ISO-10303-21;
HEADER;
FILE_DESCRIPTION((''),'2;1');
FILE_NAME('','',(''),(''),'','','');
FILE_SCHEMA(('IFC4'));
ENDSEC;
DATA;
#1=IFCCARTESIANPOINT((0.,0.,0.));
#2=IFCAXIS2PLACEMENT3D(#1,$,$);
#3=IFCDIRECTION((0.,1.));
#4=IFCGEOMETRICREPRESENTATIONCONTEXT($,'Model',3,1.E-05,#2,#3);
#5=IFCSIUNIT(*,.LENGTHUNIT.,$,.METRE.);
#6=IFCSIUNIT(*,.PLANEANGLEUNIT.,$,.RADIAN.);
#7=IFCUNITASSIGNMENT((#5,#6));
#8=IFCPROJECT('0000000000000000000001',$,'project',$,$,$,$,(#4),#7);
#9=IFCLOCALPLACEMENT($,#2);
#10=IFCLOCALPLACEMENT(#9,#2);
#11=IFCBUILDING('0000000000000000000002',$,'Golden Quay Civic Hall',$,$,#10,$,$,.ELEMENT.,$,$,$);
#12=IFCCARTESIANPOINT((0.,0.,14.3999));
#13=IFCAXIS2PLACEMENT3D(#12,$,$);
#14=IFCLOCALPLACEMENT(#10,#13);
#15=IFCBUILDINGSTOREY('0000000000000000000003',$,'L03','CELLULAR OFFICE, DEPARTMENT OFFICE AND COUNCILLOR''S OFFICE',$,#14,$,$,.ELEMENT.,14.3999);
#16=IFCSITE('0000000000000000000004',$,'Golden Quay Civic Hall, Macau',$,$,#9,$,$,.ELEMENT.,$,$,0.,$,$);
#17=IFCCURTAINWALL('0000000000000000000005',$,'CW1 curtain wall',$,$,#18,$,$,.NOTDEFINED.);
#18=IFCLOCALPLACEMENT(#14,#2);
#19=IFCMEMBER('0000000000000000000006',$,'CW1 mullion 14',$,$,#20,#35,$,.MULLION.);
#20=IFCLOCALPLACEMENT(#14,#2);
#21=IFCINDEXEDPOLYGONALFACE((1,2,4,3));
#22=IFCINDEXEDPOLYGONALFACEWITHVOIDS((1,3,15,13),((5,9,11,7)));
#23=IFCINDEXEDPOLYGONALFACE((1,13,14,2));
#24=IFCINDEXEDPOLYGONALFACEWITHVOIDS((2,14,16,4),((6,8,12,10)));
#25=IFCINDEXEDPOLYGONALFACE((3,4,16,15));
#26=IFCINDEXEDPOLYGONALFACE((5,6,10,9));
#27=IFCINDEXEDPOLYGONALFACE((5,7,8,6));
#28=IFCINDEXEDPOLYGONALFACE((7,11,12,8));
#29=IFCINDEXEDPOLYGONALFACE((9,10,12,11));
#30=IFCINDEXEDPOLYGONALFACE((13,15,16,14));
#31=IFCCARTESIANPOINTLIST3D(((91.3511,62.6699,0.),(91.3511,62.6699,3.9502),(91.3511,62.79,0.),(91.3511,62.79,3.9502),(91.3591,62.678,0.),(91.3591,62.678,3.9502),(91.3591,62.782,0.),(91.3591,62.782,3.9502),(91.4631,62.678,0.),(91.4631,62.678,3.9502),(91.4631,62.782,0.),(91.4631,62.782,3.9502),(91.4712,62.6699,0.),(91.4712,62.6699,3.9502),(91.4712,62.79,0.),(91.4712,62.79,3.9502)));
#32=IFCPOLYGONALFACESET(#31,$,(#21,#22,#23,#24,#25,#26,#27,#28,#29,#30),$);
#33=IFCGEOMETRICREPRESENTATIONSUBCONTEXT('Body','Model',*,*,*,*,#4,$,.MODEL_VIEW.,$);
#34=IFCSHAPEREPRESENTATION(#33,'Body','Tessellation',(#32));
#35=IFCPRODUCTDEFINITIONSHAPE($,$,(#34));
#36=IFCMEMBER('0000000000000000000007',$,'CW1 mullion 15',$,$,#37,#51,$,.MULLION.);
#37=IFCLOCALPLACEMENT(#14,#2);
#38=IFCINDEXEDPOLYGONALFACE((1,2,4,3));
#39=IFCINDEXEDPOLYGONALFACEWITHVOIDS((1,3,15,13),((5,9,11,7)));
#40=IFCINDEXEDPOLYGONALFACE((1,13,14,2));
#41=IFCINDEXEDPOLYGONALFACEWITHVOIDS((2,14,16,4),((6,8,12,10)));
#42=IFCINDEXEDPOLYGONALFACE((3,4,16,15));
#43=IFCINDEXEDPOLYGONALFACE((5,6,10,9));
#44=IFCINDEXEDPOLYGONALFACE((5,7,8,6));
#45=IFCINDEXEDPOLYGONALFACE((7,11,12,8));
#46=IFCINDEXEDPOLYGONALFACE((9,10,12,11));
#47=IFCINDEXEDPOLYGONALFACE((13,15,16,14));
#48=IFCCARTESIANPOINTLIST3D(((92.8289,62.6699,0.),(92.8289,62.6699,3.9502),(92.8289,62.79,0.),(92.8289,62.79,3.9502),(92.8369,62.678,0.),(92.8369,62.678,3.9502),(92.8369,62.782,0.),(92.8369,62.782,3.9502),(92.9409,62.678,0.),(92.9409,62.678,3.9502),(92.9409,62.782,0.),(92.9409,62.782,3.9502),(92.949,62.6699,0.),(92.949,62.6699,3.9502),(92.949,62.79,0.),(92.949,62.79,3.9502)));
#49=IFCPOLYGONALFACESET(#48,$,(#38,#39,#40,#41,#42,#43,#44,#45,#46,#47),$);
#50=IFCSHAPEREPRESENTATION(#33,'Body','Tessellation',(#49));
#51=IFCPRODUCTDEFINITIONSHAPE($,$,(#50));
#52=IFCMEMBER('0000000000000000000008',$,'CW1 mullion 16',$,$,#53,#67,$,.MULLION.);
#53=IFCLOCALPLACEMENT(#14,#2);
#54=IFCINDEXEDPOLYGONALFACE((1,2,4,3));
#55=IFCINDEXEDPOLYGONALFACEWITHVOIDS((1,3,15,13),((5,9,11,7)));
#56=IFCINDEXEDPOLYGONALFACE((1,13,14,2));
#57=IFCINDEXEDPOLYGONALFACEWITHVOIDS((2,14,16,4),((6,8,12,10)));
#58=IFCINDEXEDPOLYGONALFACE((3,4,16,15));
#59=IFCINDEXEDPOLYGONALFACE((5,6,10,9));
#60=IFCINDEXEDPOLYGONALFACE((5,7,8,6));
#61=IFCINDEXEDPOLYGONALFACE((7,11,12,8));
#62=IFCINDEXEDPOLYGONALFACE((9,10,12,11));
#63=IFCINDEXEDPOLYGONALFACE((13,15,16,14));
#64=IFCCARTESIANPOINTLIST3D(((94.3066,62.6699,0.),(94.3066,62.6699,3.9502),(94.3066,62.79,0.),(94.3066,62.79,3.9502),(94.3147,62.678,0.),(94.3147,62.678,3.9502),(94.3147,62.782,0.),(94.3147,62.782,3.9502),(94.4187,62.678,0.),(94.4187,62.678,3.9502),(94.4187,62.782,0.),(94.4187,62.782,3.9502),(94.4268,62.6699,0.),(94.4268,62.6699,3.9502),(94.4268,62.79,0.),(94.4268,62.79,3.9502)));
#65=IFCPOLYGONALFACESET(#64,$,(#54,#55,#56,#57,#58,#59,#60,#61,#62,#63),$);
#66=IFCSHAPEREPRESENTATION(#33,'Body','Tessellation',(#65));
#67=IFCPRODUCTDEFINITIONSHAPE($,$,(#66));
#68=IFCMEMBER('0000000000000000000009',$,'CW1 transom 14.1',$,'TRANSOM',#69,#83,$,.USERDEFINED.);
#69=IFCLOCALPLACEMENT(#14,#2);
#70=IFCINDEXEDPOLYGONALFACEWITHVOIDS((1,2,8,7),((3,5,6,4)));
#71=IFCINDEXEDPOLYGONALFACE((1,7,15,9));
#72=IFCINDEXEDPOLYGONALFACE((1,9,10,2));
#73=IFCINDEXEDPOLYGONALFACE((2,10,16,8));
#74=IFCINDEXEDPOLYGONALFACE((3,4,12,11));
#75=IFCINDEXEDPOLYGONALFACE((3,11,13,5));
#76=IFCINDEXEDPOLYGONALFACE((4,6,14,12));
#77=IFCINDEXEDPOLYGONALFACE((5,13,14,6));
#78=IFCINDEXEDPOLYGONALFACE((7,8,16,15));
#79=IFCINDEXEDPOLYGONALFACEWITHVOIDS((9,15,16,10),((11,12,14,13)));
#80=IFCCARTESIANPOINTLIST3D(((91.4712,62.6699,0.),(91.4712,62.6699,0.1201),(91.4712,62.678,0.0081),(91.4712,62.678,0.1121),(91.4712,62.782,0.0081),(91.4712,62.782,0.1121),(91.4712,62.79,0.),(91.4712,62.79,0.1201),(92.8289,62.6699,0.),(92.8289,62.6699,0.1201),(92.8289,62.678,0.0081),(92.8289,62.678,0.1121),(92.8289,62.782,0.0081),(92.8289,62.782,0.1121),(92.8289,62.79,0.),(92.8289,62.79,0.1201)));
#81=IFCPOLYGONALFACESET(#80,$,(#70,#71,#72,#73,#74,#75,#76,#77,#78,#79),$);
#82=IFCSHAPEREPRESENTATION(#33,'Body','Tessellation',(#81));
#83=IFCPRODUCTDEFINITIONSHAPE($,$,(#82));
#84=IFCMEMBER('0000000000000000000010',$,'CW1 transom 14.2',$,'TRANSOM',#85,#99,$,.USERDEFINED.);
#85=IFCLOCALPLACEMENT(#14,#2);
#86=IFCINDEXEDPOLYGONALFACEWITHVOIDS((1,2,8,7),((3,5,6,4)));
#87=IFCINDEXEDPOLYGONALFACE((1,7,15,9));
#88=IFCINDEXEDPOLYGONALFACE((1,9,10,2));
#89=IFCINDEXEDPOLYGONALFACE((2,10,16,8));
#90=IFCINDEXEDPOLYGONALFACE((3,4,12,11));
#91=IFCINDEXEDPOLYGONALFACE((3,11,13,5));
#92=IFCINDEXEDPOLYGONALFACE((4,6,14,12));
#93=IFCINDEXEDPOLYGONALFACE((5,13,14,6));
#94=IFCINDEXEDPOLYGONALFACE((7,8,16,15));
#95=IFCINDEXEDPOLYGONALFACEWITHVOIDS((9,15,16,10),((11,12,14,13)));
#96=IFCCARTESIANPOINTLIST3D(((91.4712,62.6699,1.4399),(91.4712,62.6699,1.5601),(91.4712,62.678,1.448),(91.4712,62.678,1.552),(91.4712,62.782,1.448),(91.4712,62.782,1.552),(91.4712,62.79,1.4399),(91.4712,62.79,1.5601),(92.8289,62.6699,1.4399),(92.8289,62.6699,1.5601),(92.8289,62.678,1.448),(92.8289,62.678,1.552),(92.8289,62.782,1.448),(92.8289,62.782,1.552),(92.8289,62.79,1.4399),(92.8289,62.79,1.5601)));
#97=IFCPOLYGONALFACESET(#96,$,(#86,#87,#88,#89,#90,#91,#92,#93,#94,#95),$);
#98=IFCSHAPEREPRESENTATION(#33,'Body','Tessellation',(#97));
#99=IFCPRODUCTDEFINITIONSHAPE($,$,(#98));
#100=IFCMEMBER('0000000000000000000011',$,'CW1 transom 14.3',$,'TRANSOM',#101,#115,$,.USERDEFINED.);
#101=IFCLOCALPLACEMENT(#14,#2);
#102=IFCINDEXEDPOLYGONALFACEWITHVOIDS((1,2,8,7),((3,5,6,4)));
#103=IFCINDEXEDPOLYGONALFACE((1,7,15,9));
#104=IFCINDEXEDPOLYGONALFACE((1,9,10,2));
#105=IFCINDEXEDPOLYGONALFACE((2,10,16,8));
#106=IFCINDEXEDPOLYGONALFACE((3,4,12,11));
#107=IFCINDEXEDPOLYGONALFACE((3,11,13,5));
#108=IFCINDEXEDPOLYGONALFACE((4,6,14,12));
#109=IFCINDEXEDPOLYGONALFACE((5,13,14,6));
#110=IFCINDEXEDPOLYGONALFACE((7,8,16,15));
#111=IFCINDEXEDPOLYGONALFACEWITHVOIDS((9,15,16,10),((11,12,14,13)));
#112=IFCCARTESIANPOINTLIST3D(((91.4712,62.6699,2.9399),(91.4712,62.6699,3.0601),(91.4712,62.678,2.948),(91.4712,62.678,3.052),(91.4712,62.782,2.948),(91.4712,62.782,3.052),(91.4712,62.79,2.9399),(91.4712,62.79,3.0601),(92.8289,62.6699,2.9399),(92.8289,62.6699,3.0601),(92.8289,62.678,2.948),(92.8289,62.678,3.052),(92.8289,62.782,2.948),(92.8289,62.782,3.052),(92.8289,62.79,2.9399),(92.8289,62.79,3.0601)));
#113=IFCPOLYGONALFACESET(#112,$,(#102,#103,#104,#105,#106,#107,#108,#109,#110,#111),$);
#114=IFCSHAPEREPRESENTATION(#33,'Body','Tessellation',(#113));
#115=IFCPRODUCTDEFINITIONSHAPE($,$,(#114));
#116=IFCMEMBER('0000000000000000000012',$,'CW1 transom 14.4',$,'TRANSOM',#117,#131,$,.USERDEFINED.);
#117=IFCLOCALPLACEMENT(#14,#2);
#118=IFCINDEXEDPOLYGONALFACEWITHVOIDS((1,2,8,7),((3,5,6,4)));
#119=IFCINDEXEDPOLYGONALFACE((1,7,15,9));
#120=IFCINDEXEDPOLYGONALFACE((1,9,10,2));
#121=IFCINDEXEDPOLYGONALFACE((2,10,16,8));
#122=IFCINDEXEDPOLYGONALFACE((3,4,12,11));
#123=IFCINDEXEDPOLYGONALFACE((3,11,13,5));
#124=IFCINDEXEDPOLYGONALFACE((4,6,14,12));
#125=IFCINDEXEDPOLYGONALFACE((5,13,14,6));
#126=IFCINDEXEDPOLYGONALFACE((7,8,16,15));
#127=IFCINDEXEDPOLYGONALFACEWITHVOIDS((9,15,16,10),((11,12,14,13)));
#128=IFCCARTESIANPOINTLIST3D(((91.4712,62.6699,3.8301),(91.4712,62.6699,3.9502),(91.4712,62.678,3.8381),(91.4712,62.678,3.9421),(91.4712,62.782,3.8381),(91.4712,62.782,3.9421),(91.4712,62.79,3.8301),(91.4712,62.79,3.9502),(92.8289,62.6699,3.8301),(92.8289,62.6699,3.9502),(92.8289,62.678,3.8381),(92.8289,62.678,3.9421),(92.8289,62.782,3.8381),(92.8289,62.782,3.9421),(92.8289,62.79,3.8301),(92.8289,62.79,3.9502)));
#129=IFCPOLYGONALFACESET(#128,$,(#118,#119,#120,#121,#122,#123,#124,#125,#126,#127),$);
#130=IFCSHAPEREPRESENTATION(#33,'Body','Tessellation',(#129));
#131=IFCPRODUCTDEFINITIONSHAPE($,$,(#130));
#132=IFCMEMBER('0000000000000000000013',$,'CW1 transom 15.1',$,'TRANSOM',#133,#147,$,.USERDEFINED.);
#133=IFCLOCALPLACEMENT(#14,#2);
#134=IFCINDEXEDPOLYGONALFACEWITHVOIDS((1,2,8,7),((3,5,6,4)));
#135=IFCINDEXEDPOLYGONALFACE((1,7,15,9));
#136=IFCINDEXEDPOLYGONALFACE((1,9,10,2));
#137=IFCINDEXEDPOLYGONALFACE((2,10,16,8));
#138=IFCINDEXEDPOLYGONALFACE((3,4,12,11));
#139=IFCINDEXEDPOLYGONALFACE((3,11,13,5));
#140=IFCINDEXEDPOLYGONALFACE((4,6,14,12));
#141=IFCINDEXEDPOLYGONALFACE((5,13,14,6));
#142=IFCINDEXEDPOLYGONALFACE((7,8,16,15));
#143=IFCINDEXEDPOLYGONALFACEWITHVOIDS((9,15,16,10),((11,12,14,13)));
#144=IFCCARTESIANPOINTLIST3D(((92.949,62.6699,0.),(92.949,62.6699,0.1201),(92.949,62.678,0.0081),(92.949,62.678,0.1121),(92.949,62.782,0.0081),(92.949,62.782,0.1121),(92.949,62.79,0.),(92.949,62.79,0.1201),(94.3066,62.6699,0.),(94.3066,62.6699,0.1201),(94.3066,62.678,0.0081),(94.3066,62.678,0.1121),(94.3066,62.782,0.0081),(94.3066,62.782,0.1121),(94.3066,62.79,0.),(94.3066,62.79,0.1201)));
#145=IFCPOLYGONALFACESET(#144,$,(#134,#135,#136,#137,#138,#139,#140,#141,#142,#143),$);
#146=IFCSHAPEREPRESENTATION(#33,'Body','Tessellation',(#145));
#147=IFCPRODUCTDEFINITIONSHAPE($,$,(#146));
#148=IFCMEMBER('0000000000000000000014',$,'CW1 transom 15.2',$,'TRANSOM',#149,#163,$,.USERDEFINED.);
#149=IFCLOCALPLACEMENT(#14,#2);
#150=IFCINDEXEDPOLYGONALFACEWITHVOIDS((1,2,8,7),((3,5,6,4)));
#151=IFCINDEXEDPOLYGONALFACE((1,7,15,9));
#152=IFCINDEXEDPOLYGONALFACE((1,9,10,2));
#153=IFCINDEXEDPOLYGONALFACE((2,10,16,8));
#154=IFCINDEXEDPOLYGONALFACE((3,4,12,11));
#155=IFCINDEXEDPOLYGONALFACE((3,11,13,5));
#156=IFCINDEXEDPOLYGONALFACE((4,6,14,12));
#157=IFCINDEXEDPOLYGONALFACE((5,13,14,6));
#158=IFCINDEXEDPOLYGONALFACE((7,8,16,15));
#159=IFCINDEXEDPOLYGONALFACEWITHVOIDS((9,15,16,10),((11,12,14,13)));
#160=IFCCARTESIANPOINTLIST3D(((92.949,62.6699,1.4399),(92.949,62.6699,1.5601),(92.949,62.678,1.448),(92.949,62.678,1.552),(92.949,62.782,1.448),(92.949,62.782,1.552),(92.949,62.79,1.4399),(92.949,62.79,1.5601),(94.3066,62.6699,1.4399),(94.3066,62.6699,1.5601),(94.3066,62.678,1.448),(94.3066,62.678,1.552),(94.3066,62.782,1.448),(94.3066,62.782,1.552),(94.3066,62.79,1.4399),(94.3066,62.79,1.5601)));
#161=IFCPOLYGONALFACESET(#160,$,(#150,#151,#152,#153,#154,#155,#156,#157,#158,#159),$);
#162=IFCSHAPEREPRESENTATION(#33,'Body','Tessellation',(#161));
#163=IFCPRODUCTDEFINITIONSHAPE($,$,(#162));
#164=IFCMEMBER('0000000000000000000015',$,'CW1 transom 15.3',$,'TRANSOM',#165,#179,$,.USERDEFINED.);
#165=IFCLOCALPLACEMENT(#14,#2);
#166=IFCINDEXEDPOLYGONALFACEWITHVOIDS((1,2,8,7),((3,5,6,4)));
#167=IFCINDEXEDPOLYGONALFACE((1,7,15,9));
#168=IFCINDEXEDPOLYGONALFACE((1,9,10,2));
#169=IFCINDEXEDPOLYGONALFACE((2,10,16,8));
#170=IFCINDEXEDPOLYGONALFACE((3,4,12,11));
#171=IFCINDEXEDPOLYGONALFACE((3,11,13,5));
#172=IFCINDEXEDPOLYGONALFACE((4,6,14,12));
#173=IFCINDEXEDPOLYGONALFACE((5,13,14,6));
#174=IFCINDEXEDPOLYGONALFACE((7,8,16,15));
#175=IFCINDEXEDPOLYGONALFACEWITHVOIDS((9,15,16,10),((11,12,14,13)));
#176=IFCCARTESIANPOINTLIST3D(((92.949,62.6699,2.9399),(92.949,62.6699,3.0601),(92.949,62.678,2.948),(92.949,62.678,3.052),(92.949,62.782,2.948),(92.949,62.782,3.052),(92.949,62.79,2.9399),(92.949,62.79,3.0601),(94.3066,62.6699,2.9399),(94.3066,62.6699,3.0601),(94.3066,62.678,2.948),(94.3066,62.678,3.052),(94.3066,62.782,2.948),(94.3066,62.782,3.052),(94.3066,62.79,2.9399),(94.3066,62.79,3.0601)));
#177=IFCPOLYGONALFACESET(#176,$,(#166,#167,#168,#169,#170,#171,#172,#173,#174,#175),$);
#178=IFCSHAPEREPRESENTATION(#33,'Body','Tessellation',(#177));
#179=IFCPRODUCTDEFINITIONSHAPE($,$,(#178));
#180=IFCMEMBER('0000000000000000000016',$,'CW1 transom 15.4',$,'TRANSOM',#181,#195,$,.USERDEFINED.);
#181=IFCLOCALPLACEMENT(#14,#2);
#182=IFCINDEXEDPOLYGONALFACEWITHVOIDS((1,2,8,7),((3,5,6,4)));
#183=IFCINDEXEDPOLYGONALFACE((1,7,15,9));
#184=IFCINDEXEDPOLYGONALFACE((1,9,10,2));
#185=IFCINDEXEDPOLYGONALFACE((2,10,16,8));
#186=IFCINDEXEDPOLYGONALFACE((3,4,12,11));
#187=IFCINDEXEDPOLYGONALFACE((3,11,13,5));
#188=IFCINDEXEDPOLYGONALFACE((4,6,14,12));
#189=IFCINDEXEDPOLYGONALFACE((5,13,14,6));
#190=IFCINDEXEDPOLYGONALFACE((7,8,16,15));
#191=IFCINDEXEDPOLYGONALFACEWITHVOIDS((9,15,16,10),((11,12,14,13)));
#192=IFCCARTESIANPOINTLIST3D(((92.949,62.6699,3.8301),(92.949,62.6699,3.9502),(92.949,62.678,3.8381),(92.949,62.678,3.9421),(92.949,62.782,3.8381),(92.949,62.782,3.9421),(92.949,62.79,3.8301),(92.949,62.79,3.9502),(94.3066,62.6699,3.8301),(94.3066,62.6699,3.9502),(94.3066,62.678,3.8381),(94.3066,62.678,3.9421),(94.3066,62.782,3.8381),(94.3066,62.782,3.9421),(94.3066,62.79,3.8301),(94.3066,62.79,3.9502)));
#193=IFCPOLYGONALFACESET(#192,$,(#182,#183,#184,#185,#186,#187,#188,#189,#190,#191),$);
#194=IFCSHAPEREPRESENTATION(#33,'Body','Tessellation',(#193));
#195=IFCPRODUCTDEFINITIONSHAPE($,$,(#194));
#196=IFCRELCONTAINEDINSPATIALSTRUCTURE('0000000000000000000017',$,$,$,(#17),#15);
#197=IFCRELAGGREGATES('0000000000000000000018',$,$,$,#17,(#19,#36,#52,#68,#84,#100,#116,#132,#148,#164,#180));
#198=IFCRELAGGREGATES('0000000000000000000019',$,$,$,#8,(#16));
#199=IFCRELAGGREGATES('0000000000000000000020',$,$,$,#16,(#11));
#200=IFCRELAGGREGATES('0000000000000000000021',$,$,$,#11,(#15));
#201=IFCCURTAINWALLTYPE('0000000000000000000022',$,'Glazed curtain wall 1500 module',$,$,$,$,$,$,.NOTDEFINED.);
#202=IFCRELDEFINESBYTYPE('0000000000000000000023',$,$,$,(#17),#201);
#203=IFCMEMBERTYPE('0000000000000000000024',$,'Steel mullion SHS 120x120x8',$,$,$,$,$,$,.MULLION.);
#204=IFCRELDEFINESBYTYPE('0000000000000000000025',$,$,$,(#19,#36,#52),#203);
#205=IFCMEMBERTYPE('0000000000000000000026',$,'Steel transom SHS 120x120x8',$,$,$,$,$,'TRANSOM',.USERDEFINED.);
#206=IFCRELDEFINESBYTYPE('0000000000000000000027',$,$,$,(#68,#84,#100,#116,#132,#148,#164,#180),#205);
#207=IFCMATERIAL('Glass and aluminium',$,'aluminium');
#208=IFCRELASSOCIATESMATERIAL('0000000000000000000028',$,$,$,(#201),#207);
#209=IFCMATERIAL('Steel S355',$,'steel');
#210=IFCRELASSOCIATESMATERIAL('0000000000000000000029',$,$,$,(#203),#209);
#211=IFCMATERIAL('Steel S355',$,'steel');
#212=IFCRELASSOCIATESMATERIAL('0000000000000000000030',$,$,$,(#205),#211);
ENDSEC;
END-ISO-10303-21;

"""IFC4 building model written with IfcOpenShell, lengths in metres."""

from ifc_helpers import new_model, si_unit, direction, frame, origin, origin_2d, place, context, subcontext, project, spatial, hollow_rectangle, extrude, material, material_profile, profile_set, type_object, element, aggregate, save


model = new_model("IFC4")

# Units and contexts
model_context = context("Model", 3, precision=1e-05, world=origin(), true_north=direction((0.0, 1.0)))
body_context = subcontext(model_context, "Body", "Model", "MODEL_VIEW")
ifc_project = project(units=[si_unit("LENGTHUNIT", "METRE"), si_unit("PLANEANGLEUNIT", "RADIAN")], contexts=[model_context])

# Site, building, storey
site_placement = place(None, origin())
site = spatial("IfcSite", under=ifc_project, at=site_placement, Name="Golden Quay Civic Hall, Macau", CompositionType="ELEMENT", RefElevation=0.0)
building_placement = place(site_placement, origin())
building = spatial("IfcBuilding", under=site, at=building_placement, Name="Golden Quay Civic Hall", CompositionType="ELEMENT")
storey_placement = place(building_placement, frame((0.0, 0.0, 14.3999)))
storey = spatial("IfcBuildingStorey", under=building, at=storey_placement, Name="L03", Description="CELLULAR OFFICE, DEPARTMENT OFFICE AND COUNCILLOR'S OFFICE", CompositionType="ELEMENT", Elevation=14.3999)

# Curtain wall, members
ifc_material_1 = material(Name="Glass and aluminium", Category="aluminium")
curtain_wall_type = type_object("IfcCurtainWallType", Name="Glazed curtain wall 1500 module", PredefinedType="NOTDEFINED", material=ifc_material_1)
curtain_wall_placement = place(storey_placement, origin())
curtain_wall = element("IfcCurtainWall", 1, at=curtain_wall_placement, inside=storey, type_object=curtain_wall_type, Name="CW1 curtain wall", PredefinedType="NOTDEFINED")
ifc_material_2 = material(Name="Steel S355", Category="steel")
ifc_material_profile_1 = material_profile(ifc_material_2, hollow_rectangle(XDim=0.1201, YDim=0.1201, WallThickness=0.0081, at=origin_2d()), Name="SHS 120x120x8")
ifc_profile_set_1 = profile_set([ifc_material_profile_1], Name="Steel S355")
member_type_1 = type_object("IfcMemberType", Name="Steel mullion SHS 120x120x8", PredefinedType="MULLION", material=ifc_profile_set_1)
member_1_placement = place(storey_placement, frame((91.4111, 62.73, 0.0), z_axis=(0.0, 0.0, 1.0), x_axis=(0.0, 1.0, 0.0)))
member_1 = element("IfcMember", 2, at=member_1_placement, type_object=member_type_1, Name="CW1 mullion 14", PredefinedType="MULLION", context=body_context, shape_type="SweptSolid", body=[
    extrude(hollow_rectangle(XDim=0.1201, YDim=0.1201, WallThickness=0.0081, at=origin_2d()), origin(), (0.0, 0.0, 1.0), 3.9502),
])
member_2_placement = place(storey_placement, frame((92.8889, 62.73, 0.0), z_axis=(0.0, 0.0, 1.0), x_axis=(0.0, 1.0, 0.0)))
member_2 = element("IfcMember", 3, at=member_2_placement, type_object=member_type_1, Name="CW1 mullion 15", PredefinedType="MULLION", context=body_context, shape_type="SweptSolid", body=[
    extrude(hollow_rectangle(XDim=0.1201, YDim=0.1201, WallThickness=0.0081, at=origin_2d()), origin(), (0.0, 0.0, 1.0), 3.9502),
])
member_3_placement = place(storey_placement, frame((94.3667, 62.73, 0.0), z_axis=(0.0, 0.0, 1.0), x_axis=(0.0, 1.0, 0.0)))
member_3 = element("IfcMember", 4, at=member_3_placement, type_object=member_type_1, Name="CW1 mullion 16", PredefinedType="MULLION", context=body_context, shape_type="SweptSolid", body=[
    extrude(hollow_rectangle(XDim=0.1201, YDim=0.1201, WallThickness=0.0081, at=origin_2d()), origin(), (0.0, 0.0, 1.0), 3.9502),
])
ifc_material_3 = material(Name="Steel S355", Category="steel")
ifc_material_profile_2 = material_profile(ifc_material_3, hollow_rectangle(XDim=0.1201, YDim=0.1201, WallThickness=0.0081, at=origin_2d()), Name="SHS 120x120x8")
ifc_profile_set_2 = profile_set([ifc_material_profile_2], Name="Steel S355")
member_type_2 = type_object("IfcMemberType", Name="Steel transom SHS 120x120x8", ElementType="TRANSOM", PredefinedType="USERDEFINED", material=ifc_profile_set_2)
member_4_placement = place(storey_placement, frame((91.4712, 62.73, 0.0601), z_axis=(1.0, 0.0, 0.0), x_axis=(0.0, 1.0, 0.0)))
member_4 = element("IfcMember", 5, at=member_4_placement, type_object=member_type_2, Name="CW1 transom 14.1", ObjectType="TRANSOM", PredefinedType="USERDEFINED", context=body_context, shape_type="SweptSolid", body=[
    extrude(hollow_rectangle(XDim=0.1201, YDim=0.1201, WallThickness=0.0081, at=origin_2d()), origin(), (0.0, 0.0, 1.0), 1.3577),
])
member_5_placement = place(storey_placement, frame((91.4712, 62.73, 1.5), z_axis=(1.0, 0.0, 0.0), x_axis=(0.0, 1.0, 0.0)))
member_5 = element("IfcMember", 6, at=member_5_placement, type_object=member_type_2, Name="CW1 transom 14.2", ObjectType="TRANSOM", PredefinedType="USERDEFINED", context=body_context, shape_type="SweptSolid", body=[
    extrude(hollow_rectangle(XDim=0.1201, YDim=0.1201, WallThickness=0.0081, at=origin_2d()), origin(), (0.0, 0.0, 1.0), 1.3577),
])
member_6_placement = place(storey_placement, frame((91.4712, 62.73, 3.0), z_axis=(1.0, 0.0, 0.0), x_axis=(0.0, 1.0, 0.0)))
member_6 = element("IfcMember", 7, at=member_6_placement, type_object=member_type_2, Name="CW1 transom 14.3", ObjectType="TRANSOM", PredefinedType="USERDEFINED", context=body_context, shape_type="SweptSolid", body=[
    extrude(hollow_rectangle(XDim=0.1201, YDim=0.1201, WallThickness=0.0081, at=origin_2d()), origin(), (0.0, 0.0, 1.0), 1.3577),
])
member_7_placement = place(storey_placement, frame((91.4712, 62.73, 3.8901), z_axis=(1.0, 0.0, 0.0), x_axis=(0.0, 1.0, 0.0)))
member_7 = element("IfcMember", 8, at=member_7_placement, type_object=member_type_2, Name="CW1 transom 14.4", ObjectType="TRANSOM", PredefinedType="USERDEFINED", context=body_context, shape_type="SweptSolid", body=[
    extrude(hollow_rectangle(XDim=0.1201, YDim=0.1201, WallThickness=0.0081, at=origin_2d()), origin(), (0.0, 0.0, 1.0), 1.3577),
])
member_8_placement = place(storey_placement, frame((92.949, 62.73, 0.0601), z_axis=(1.0, 0.0, 0.0), x_axis=(0.0, 1.0, 0.0)))
member_8 = element("IfcMember", 9, at=member_8_placement, type_object=member_type_2, Name="CW1 transom 15.1", ObjectType="TRANSOM", PredefinedType="USERDEFINED", context=body_context, shape_type="SweptSolid", body=[
    extrude(hollow_rectangle(XDim=0.1201, YDim=0.1201, WallThickness=0.0081, at=origin_2d()), origin(), (0.0, 0.0, 1.0), 1.3577),
])
member_9_placement = place(storey_placement, frame((92.949, 62.73, 1.5), z_axis=(1.0, 0.0, 0.0), x_axis=(0.0, 1.0, 0.0)))
member_9 = element("IfcMember", 10, at=member_9_placement, type_object=member_type_2, Name="CW1 transom 15.2", ObjectType="TRANSOM", PredefinedType="USERDEFINED", context=body_context, shape_type="SweptSolid", body=[
    extrude(hollow_rectangle(XDim=0.1201, YDim=0.1201, WallThickness=0.0081, at=origin_2d()), origin(), (0.0, 0.0, 1.0), 1.3577),
])
member_10_placement = place(storey_placement, frame((92.949, 62.73, 3.0), z_axis=(1.0, 0.0, 0.0), x_axis=(0.0, 1.0, 0.0)))
member_10 = element("IfcMember", 11, at=member_10_placement, type_object=member_type_2, Name="CW1 transom 15.3", ObjectType="TRANSOM", PredefinedType="USERDEFINED", context=body_context, shape_type="SweptSolid", body=[
    extrude(hollow_rectangle(XDim=0.1201, YDim=0.1201, WallThickness=0.0081, at=origin_2d()), origin(), (0.0, 0.0, 1.0), 1.3577),
])
member_11_placement = place(storey_placement, frame((92.949, 62.73, 3.8901), z_axis=(1.0, 0.0, 0.0), x_axis=(0.0, 1.0, 0.0)))
member_11 = element("IfcMember", 12, at=member_11_placement, type_object=member_type_2, Name="CW1 transom 15.4", ObjectType="TRANSOM", PredefinedType="USERDEFINED", context=body_context, shape_type="SweptSolid", body=[
    extrude(hollow_rectangle(XDim=0.1201, YDim=0.1201, WallThickness=0.0081, at=origin_2d()), origin(), (0.0, 0.0, 1.0), 1.3577),
])
aggregate(curtain_wall, [member_1, member_2, member_3, member_4, member_5, member_6, member_7, member_8, member_9, member_10, member_11])

save(model, "model.ifc")
